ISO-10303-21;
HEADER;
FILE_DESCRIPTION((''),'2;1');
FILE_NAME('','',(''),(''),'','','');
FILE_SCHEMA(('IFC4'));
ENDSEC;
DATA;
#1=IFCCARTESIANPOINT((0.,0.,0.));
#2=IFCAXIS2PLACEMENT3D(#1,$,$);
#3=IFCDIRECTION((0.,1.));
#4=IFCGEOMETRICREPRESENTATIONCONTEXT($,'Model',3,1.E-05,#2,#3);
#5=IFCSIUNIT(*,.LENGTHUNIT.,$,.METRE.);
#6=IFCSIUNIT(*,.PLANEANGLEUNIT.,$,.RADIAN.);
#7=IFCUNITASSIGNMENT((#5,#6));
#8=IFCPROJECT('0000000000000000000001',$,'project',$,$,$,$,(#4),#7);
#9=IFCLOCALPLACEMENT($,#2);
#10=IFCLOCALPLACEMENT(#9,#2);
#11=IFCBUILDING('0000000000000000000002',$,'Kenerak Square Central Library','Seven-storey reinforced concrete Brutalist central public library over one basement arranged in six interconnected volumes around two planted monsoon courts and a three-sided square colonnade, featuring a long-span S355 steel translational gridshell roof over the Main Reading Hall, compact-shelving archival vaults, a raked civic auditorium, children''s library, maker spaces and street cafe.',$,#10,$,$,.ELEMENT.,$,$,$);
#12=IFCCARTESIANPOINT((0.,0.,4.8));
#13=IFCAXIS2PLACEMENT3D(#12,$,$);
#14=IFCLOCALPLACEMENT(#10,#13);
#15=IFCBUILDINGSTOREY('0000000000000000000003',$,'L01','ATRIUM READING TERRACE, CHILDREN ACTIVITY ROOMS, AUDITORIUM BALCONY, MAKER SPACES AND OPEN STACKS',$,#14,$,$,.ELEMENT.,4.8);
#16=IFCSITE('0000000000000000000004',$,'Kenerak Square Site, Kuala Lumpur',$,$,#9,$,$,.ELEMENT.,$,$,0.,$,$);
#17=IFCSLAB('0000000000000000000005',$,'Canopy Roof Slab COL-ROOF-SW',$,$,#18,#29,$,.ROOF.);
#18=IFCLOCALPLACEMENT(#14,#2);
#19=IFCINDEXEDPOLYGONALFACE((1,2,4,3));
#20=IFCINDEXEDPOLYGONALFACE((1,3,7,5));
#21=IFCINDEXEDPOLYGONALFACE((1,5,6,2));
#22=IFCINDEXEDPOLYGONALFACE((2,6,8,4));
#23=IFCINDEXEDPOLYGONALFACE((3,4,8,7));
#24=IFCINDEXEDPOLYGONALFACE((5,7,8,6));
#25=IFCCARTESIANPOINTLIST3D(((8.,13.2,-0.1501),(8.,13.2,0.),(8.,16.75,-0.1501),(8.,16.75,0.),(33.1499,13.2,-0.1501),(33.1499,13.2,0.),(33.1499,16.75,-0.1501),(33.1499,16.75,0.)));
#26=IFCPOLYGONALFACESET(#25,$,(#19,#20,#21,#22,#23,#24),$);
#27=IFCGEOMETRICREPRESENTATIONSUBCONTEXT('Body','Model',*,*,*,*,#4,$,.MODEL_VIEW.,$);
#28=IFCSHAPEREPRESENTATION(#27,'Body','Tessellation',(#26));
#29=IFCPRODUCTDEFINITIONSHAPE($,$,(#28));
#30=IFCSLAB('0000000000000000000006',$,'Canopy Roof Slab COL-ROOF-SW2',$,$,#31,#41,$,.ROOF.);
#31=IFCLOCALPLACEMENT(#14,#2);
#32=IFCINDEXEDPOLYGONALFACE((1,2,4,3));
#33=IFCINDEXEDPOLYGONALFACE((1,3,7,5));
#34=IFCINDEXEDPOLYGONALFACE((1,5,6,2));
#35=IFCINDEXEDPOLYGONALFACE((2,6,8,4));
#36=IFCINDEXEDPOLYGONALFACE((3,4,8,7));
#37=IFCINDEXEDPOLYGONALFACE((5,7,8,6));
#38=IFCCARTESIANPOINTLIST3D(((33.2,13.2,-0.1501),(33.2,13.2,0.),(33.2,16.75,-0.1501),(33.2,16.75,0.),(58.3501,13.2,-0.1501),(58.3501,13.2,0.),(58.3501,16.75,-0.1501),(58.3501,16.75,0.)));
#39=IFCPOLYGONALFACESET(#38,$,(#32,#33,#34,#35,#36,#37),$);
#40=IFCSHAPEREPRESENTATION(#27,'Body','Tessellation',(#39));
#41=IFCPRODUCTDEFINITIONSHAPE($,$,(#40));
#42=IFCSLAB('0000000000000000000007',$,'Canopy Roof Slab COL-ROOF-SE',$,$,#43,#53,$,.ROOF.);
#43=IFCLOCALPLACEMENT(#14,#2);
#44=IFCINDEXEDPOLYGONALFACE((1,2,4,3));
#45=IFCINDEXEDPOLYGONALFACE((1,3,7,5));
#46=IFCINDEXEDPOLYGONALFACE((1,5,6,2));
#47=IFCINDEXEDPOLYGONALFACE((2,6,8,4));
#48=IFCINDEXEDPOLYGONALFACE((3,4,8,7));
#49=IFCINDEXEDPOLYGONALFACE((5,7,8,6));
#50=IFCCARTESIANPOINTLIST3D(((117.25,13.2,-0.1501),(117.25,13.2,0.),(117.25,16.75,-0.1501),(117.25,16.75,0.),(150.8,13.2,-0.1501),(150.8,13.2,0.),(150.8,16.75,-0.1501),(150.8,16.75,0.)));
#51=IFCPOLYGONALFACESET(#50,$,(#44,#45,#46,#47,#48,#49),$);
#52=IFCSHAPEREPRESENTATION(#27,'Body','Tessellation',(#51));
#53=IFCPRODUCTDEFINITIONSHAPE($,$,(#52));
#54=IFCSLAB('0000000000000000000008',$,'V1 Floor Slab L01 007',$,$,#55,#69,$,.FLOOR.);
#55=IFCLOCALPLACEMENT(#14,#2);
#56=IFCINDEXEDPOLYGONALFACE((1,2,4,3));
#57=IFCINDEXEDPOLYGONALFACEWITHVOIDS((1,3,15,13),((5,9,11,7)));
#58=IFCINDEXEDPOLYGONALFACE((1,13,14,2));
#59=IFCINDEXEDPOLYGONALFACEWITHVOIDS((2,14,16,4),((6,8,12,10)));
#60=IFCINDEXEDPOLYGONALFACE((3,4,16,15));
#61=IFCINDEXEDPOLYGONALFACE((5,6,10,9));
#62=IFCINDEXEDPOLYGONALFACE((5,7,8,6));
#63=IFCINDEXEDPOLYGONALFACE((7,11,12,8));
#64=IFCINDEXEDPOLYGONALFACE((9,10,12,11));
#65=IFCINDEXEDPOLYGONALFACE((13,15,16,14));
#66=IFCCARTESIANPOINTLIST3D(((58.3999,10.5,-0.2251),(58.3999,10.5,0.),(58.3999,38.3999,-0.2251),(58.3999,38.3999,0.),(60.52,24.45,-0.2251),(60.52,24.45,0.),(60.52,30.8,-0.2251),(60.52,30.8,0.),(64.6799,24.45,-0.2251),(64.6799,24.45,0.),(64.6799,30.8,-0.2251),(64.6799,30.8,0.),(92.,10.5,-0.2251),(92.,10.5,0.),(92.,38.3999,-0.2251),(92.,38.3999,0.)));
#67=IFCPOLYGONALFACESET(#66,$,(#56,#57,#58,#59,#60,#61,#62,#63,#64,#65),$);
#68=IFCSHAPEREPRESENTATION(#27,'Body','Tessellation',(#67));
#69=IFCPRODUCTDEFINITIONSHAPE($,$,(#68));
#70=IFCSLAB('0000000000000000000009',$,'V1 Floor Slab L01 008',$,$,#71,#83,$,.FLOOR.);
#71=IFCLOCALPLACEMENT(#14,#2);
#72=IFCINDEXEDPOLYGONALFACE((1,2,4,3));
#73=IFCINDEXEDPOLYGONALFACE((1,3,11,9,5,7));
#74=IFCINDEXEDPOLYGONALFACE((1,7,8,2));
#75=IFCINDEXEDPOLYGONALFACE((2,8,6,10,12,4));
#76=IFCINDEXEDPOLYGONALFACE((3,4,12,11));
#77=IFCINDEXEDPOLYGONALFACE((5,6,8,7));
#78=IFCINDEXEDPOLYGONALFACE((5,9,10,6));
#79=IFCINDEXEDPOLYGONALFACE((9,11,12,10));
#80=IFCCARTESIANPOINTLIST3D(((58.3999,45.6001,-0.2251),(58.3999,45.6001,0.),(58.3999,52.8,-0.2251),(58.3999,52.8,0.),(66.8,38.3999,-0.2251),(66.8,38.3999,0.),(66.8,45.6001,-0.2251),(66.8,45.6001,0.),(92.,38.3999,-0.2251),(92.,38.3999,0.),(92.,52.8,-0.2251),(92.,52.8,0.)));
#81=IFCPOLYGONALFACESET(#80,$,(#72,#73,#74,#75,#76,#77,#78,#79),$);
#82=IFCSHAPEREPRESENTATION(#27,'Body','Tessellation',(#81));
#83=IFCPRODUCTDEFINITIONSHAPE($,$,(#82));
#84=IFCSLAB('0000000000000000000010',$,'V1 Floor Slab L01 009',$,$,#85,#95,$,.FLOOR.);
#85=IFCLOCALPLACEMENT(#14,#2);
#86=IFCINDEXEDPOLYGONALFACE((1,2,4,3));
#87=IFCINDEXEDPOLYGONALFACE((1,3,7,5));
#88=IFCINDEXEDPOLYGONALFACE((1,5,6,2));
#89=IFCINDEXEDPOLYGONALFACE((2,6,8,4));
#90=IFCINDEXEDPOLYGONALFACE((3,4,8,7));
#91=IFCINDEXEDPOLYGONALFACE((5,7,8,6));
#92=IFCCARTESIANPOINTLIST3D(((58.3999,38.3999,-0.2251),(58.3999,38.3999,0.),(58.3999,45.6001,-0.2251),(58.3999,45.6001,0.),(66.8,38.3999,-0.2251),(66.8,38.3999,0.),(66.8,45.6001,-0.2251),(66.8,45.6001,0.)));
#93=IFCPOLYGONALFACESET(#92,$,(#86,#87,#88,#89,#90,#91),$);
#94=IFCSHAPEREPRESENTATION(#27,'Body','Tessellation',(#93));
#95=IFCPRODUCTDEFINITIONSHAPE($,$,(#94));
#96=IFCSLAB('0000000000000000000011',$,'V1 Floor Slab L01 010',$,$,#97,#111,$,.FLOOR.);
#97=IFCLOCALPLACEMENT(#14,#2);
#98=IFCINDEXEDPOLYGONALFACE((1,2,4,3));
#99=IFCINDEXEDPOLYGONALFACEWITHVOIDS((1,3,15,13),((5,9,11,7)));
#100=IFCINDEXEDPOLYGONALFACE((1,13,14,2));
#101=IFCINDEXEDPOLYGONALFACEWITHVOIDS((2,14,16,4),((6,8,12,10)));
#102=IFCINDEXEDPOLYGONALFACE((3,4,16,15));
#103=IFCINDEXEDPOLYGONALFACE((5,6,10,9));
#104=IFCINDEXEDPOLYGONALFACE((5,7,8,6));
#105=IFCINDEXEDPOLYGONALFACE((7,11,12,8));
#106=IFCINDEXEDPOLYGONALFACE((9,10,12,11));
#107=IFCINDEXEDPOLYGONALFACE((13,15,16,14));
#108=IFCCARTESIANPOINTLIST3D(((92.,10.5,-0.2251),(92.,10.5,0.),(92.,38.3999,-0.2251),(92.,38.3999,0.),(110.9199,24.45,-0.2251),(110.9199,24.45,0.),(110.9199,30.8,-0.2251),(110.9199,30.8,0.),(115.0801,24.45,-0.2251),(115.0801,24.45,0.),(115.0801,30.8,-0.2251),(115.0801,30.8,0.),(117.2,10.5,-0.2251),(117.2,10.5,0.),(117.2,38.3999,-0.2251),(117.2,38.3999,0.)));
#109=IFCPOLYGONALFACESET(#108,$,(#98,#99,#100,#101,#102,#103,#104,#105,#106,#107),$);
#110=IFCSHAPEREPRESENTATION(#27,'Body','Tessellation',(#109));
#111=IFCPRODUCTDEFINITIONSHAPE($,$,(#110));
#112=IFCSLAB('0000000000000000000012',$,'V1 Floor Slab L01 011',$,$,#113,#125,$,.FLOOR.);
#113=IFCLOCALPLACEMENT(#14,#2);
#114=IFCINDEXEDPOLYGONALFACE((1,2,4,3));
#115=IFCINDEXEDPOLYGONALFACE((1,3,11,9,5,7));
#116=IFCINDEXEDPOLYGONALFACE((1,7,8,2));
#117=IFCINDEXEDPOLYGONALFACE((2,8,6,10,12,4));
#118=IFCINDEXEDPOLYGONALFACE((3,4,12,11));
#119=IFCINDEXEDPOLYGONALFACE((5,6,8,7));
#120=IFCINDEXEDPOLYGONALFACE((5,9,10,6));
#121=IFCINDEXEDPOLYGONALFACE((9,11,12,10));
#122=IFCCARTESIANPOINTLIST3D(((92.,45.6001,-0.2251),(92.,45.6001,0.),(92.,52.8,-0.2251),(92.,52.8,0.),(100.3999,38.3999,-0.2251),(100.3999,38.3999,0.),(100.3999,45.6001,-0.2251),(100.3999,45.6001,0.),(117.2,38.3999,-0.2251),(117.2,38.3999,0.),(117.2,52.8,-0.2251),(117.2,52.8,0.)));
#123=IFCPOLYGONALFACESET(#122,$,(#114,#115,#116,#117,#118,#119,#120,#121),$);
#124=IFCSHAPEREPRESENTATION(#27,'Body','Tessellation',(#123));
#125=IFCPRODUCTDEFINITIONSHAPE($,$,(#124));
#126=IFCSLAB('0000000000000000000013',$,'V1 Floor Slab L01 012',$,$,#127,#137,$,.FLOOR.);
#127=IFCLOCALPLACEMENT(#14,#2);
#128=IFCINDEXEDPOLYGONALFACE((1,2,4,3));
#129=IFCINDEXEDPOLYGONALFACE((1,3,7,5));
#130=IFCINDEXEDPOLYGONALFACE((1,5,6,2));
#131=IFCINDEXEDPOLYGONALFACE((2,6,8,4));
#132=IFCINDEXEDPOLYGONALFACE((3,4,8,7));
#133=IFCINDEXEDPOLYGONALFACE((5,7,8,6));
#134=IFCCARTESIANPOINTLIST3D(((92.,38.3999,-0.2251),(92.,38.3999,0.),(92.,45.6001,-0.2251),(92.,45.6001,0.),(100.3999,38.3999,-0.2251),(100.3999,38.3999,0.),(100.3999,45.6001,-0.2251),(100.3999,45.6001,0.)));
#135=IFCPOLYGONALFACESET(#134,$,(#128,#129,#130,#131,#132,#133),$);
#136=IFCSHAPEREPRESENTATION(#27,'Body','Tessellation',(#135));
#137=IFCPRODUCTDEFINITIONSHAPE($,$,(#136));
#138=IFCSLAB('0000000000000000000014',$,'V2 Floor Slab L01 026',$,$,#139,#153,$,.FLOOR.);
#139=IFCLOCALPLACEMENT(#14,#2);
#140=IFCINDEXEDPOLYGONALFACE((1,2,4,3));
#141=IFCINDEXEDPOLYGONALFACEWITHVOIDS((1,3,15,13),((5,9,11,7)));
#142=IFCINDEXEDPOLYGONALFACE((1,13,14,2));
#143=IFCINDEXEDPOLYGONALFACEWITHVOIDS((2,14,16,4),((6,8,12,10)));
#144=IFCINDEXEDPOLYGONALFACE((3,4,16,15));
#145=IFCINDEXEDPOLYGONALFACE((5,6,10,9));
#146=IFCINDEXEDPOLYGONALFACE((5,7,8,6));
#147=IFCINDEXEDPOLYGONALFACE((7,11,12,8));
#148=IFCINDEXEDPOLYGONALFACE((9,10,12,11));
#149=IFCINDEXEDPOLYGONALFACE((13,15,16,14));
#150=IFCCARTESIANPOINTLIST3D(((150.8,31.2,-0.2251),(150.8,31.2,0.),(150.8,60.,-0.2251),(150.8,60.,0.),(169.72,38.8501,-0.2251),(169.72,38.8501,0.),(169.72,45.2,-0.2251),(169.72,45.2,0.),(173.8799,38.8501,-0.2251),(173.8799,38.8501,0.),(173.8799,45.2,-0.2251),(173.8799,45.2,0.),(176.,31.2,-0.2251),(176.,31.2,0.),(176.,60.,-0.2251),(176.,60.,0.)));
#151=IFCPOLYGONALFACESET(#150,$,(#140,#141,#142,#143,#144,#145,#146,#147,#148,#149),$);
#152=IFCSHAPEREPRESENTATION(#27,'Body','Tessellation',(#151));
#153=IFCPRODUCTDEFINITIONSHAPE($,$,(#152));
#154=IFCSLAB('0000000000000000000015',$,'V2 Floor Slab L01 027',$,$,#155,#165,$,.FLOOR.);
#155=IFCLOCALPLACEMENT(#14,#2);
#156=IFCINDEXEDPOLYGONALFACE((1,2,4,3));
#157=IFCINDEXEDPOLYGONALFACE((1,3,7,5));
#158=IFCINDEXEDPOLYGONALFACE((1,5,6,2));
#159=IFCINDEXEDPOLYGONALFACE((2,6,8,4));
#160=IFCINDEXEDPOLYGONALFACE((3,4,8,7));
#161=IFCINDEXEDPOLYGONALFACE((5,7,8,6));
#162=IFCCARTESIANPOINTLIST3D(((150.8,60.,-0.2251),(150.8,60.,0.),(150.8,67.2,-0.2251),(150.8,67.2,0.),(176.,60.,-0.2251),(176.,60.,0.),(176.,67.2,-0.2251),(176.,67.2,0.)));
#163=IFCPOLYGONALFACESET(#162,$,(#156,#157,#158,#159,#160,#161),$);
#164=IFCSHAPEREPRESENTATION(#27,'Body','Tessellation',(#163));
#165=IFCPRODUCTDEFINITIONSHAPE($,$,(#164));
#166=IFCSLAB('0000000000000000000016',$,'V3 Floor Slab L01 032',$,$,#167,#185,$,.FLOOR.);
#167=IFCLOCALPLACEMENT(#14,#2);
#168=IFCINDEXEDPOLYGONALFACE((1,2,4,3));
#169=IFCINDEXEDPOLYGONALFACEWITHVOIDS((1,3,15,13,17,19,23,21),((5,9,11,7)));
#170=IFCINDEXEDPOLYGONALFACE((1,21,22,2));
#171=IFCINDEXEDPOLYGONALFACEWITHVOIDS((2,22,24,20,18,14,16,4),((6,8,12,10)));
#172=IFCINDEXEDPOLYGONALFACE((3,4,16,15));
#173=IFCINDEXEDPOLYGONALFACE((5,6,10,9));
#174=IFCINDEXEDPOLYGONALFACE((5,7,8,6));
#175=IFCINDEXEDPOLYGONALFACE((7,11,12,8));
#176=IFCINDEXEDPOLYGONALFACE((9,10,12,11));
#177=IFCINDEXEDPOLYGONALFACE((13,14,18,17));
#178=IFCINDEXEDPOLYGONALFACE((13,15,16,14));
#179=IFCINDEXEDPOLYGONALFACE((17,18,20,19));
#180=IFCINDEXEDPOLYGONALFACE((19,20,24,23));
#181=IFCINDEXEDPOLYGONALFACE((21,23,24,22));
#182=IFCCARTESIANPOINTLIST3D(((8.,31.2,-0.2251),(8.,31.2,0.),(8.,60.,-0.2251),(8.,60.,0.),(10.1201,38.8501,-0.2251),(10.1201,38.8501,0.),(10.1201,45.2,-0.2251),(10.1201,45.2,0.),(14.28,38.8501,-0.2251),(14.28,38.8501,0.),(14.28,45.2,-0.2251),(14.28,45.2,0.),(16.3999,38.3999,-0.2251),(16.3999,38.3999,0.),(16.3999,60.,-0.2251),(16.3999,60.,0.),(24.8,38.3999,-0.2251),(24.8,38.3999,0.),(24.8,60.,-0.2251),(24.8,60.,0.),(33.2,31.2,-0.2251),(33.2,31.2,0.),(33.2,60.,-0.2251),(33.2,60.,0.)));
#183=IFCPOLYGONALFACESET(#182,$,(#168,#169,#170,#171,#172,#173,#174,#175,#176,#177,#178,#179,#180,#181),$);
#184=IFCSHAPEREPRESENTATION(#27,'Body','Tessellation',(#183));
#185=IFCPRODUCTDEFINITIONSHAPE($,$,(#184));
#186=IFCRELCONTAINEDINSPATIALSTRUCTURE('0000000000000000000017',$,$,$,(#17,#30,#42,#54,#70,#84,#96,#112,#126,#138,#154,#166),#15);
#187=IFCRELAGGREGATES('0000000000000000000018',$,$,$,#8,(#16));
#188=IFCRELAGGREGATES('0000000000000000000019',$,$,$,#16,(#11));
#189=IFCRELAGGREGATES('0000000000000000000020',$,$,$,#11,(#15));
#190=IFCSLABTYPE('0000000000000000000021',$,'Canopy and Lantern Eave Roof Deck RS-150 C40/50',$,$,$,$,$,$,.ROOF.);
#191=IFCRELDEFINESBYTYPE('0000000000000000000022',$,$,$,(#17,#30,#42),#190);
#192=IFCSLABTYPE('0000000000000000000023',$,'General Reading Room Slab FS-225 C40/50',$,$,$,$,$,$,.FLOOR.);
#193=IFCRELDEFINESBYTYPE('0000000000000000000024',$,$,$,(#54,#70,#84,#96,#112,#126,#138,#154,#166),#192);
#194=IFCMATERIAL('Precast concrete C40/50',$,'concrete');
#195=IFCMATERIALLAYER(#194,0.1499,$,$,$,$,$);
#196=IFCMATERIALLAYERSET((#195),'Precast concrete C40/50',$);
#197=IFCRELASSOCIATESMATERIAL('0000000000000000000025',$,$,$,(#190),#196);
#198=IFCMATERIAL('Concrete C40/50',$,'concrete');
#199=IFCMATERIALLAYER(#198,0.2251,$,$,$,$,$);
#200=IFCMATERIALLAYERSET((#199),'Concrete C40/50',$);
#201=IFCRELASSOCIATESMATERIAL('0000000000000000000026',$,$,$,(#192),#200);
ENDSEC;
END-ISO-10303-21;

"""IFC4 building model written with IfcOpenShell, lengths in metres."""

from ifc_helpers import new_model, si_unit, direction, frame, origin, place, context, subcontext, project, spatial, polyline, outline, extrude, material, layer, layer_set, type_object, element, save


model = new_model("IFC4")

# Units and contexts
model_context = context("Model", 3, precision=1e-05, world=origin(), true_north=direction((0.0, 1.0)))
body_context = subcontext(model_context, "Body", "Model", "MODEL_VIEW")
ifc_project = project(units=[si_unit("LENGTHUNIT", "METRE"), si_unit("PLANEANGLEUNIT", "RADIAN")], contexts=[model_context])

# Site, building, storey
site_placement = place(None, origin())
site = spatial("IfcSite", under=ifc_project, at=site_placement, Name="Kenerak Square Site, Kuala Lumpur", CompositionType="ELEMENT", RefElevation=0.0)
building_placement = place(site_placement, origin())
building = spatial("IfcBuilding", under=site, at=building_placement, Name="Kenerak Square Central Library", Description="Seven-storey reinforced concrete Brutalist central public library over one basement arranged in six interconnected volumes around two planted monsoon courts and a three-sided square colonnade, featuring a long-span S355 steel translational gridshell roof over the Main Reading Hall, compact-shelving archival vaults, a raked civic auditorium, children's library, maker spaces and street cafe.", CompositionType="ELEMENT")
storey_placement = place(building_placement, frame((0.0, 0.0, 4.8)))
storey = spatial("IfcBuildingStorey", under=building, at=storey_placement, Name="L01", Description="ATRIUM READING TERRACE, CHILDREN ACTIVITY ROOMS, AUDITORIUM BALCONY, MAKER SPACES AND OPEN STACKS", CompositionType="ELEMENT", Elevation=4.8)

# Slabs
ifc_material_1 = material(Name="Precast concrete C40/50", Category="concrete")
ifc_layer_1 = layer(ifc_material_1, 0.1499)
ifc_layer_set_1 = layer_set([ifc_layer_1], Name="Precast concrete C40/50")
slab_type_1 = type_object("IfcSlabType", Name="Canopy and Lantern Eave Roof Deck RS-150 C40/50", PredefinedType="ROOF", material=ifc_layer_set_1)
slab_1_placement = place(storey_placement, frame((0.0, 0.0, -0.1501)))
element("IfcSlab", 1, at=slab_1_placement, inside=storey, type_object=slab_type_1, Name="Canopy Roof Slab COL-ROOF-SW", PredefinedType="ROOF", context=body_context, shape_type="SweptSolid", body=[
    extrude(outline(polyline([(8.0, 13.2), (33.1499, 13.2), (33.1499, 16.75), (8.0, 16.75), (8.0, 13.2)])), origin(), (0.0, 0.0, 1.0), 0.1501),
])
slab_2_placement = place(storey_placement, frame((0.0, 0.0, -0.1501)))
element("IfcSlab", 2, at=slab_2_placement, inside=storey, type_object=slab_type_1, Name="Canopy Roof Slab COL-ROOF-SW2", PredefinedType="ROOF", context=body_context, shape_type="SweptSolid", body=[
    extrude(outline(polyline([(33.2, 13.2), (58.3501, 13.2), (58.3501, 16.75), (33.2, 16.75), (33.2, 13.2)])), origin(), (0.0, 0.0, 1.0), 0.1501),
])
slab_3_placement = place(storey_placement, frame((0.0, 0.0, -0.1501)))
element("IfcSlab", 3, at=slab_3_placement, inside=storey, type_object=slab_type_1, Name="Canopy Roof Slab COL-ROOF-SE", PredefinedType="ROOF", context=body_context, shape_type="SweptSolid", body=[
    extrude(outline(polyline([(117.25, 13.2), (150.8, 13.2), (150.8, 16.75), (117.25, 16.75), (117.25, 13.2)])), origin(), (0.0, 0.0, 1.0), 0.1501),
])
ifc_material_2 = material(Name="Concrete C40/50", Category="concrete")
ifc_layer_2 = layer(ifc_material_2, 0.2251)
ifc_layer_set_2 = layer_set([ifc_layer_2], Name="Concrete C40/50")
slab_type_2 = type_object("IfcSlabType", Name="General Reading Room Slab FS-225 C40/50", PredefinedType="FLOOR", material=ifc_layer_set_2)
slab_4_placement = place(storey_placement, frame((0.0, 0.0, -0.2251)))
element("IfcSlab", 4, at=slab_4_placement, inside=storey, type_object=slab_type_2, Name="V1 Floor Slab L01 007", PredefinedType="FLOOR", context=body_context, shape_type="SweptSolid", body=[
    extrude(outline(polyline([(58.3999, 10.5), (58.3999, 38.3999), (92.0, 38.3999), (92.0, 10.5), (58.3999, 10.5)]), holes=[polyline([(64.6799, 24.45), (64.6799, 30.8), (60.52, 30.8), (60.52, 24.45), (64.6799, 24.45)])]), origin(), (0.0, 0.0, 1.0), 0.2251),
])
slab_5_placement = place(storey_placement, frame((0.0, 0.0, -0.2251)))
element("IfcSlab", 5, at=slab_5_placement, inside=storey, type_object=slab_type_2, Name="V1 Floor Slab L01 008", PredefinedType="FLOOR", context=body_context, shape_type="SweptSolid", body=[
    extrude(outline(polyline([(58.3999, 52.8), (92.0, 52.8), (92.0, 38.3999), (66.8, 38.3999), (66.8, 45.6001), (58.3999, 45.6001), (58.3999, 52.8)])), origin(), (0.0, 0.0, 1.0), 0.2251),
])
slab_6_placement = place(storey_placement, frame((0.0, 0.0, -0.2251)))
element("IfcSlab", 6, at=slab_6_placement, inside=storey, type_object=slab_type_2, Name="V1 Floor Slab L01 009", PredefinedType="FLOOR", context=body_context, shape_type="SweptSolid", body=[
    extrude(outline(polyline([(66.8, 38.3999), (66.8, 45.6001), (58.3999, 45.6001), (58.3999, 38.3999), (66.8, 38.3999)])), origin(), (0.0, 0.0, 1.0), 0.2251),
])
slab_7_placement = place(storey_placement, frame((0.0, 0.0, -0.2251)))
element("IfcSlab", 7, at=slab_7_placement, inside=storey, type_object=slab_type_2, Name="V1 Floor Slab L01 010", PredefinedType="FLOOR", context=body_context, shape_type="SweptSolid", body=[
    extrude(outline(polyline([(92.0, 10.5), (92.0, 38.3999), (117.2, 38.3999), (117.2, 10.5), (92.0, 10.5)]), holes=[polyline([(115.0801, 24.45), (115.0801, 30.8), (110.9199, 30.8), (110.9199, 24.45), (115.0801, 24.45)])]), origin(), (0.0, 0.0, 1.0), 0.2251),
])
slab_8_placement = place(storey_placement, frame((0.0, 0.0, -0.2251)))
element("IfcSlab", 8, at=slab_8_placement, inside=storey, type_object=slab_type_2, Name="V1 Floor Slab L01 011", PredefinedType="FLOOR", context=body_context, shape_type="SweptSolid", body=[
    extrude(outline(polyline([(92.0, 52.8), (117.2, 52.8), (117.2, 38.3999), (100.3999, 38.3999), (100.3999, 45.6001), (92.0, 45.6001), (92.0, 52.8)])), origin(), (0.0, 0.0, 1.0), 0.2251),
])
slab_9_placement = place(storey_placement, frame((0.0, 0.0, -0.2251)))
element("IfcSlab", 9, at=slab_9_placement, inside=storey, type_object=slab_type_2, Name="V1 Floor Slab L01 012", PredefinedType="FLOOR", context=body_context, shape_type="SweptSolid", body=[
    extrude(outline(polyline([(100.3999, 38.3999), (100.3999, 45.6001), (92.0, 45.6001), (92.0, 38.3999), (100.3999, 38.3999)])), origin(), (0.0, 0.0, 1.0), 0.2251),
])
slab_10_placement = place(storey_placement, frame((0.0, 0.0, -0.2251)))
element("IfcSlab", 10, at=slab_10_placement, inside=storey, type_object=slab_type_2, Name="V2 Floor Slab L01 026", PredefinedType="FLOOR", context=body_context, shape_type="SweptSolid", body=[
    extrude(outline(polyline([(150.8, 31.2), (150.8, 60.0), (176.0, 60.0), (176.0, 31.2), (150.8, 31.2)]), holes=[polyline([(173.8799, 38.8501), (173.8799, 45.2), (169.72, 45.2), (169.72, 38.8501), (173.8799, 38.8501)])]), origin(), (0.0, 0.0, 1.0), 0.2251),
])
slab_11_placement = place(storey_placement, frame((0.0, 0.0, -0.2251)))
element("IfcSlab", 11, at=slab_11_placement, inside=storey, type_object=slab_type_2, Name="V2 Floor Slab L01 027", PredefinedType="FLOOR", context=body_context, shape_type="SweptSolid", body=[
    extrude(outline(polyline([(150.8, 60.0), (150.8, 67.2), (176.0, 67.2), (176.0, 60.0), (150.8, 60.0)])), origin(), (0.0, 0.0, 1.0), 0.2251),
])
slab_12_placement = place(storey_placement, frame((0.0, 0.0, -0.2251)))
element("IfcSlab", 12, at=slab_12_placement, inside=storey, type_object=slab_type_2, Name="V3 Floor Slab L01 032", PredefinedType="FLOOR", context=body_context, shape_type="SweptSolid", body=[
    extrude(outline(polyline([(8.0, 60.0), (16.3999, 60.0), (16.3999, 38.3999), (24.8, 38.3999), (24.8, 60.0), (33.2, 60.0), (33.2, 31.2), (8.0, 31.2), (8.0, 60.0)]), holes=[polyline([(14.28, 38.8501), (14.28, 45.2), (10.1201, 45.2), (10.1201, 38.8501), (14.28, 38.8501)])]), origin(), (0.0, 0.0, 1.0), 0.2251),
])

save(model, "model.ifc")
